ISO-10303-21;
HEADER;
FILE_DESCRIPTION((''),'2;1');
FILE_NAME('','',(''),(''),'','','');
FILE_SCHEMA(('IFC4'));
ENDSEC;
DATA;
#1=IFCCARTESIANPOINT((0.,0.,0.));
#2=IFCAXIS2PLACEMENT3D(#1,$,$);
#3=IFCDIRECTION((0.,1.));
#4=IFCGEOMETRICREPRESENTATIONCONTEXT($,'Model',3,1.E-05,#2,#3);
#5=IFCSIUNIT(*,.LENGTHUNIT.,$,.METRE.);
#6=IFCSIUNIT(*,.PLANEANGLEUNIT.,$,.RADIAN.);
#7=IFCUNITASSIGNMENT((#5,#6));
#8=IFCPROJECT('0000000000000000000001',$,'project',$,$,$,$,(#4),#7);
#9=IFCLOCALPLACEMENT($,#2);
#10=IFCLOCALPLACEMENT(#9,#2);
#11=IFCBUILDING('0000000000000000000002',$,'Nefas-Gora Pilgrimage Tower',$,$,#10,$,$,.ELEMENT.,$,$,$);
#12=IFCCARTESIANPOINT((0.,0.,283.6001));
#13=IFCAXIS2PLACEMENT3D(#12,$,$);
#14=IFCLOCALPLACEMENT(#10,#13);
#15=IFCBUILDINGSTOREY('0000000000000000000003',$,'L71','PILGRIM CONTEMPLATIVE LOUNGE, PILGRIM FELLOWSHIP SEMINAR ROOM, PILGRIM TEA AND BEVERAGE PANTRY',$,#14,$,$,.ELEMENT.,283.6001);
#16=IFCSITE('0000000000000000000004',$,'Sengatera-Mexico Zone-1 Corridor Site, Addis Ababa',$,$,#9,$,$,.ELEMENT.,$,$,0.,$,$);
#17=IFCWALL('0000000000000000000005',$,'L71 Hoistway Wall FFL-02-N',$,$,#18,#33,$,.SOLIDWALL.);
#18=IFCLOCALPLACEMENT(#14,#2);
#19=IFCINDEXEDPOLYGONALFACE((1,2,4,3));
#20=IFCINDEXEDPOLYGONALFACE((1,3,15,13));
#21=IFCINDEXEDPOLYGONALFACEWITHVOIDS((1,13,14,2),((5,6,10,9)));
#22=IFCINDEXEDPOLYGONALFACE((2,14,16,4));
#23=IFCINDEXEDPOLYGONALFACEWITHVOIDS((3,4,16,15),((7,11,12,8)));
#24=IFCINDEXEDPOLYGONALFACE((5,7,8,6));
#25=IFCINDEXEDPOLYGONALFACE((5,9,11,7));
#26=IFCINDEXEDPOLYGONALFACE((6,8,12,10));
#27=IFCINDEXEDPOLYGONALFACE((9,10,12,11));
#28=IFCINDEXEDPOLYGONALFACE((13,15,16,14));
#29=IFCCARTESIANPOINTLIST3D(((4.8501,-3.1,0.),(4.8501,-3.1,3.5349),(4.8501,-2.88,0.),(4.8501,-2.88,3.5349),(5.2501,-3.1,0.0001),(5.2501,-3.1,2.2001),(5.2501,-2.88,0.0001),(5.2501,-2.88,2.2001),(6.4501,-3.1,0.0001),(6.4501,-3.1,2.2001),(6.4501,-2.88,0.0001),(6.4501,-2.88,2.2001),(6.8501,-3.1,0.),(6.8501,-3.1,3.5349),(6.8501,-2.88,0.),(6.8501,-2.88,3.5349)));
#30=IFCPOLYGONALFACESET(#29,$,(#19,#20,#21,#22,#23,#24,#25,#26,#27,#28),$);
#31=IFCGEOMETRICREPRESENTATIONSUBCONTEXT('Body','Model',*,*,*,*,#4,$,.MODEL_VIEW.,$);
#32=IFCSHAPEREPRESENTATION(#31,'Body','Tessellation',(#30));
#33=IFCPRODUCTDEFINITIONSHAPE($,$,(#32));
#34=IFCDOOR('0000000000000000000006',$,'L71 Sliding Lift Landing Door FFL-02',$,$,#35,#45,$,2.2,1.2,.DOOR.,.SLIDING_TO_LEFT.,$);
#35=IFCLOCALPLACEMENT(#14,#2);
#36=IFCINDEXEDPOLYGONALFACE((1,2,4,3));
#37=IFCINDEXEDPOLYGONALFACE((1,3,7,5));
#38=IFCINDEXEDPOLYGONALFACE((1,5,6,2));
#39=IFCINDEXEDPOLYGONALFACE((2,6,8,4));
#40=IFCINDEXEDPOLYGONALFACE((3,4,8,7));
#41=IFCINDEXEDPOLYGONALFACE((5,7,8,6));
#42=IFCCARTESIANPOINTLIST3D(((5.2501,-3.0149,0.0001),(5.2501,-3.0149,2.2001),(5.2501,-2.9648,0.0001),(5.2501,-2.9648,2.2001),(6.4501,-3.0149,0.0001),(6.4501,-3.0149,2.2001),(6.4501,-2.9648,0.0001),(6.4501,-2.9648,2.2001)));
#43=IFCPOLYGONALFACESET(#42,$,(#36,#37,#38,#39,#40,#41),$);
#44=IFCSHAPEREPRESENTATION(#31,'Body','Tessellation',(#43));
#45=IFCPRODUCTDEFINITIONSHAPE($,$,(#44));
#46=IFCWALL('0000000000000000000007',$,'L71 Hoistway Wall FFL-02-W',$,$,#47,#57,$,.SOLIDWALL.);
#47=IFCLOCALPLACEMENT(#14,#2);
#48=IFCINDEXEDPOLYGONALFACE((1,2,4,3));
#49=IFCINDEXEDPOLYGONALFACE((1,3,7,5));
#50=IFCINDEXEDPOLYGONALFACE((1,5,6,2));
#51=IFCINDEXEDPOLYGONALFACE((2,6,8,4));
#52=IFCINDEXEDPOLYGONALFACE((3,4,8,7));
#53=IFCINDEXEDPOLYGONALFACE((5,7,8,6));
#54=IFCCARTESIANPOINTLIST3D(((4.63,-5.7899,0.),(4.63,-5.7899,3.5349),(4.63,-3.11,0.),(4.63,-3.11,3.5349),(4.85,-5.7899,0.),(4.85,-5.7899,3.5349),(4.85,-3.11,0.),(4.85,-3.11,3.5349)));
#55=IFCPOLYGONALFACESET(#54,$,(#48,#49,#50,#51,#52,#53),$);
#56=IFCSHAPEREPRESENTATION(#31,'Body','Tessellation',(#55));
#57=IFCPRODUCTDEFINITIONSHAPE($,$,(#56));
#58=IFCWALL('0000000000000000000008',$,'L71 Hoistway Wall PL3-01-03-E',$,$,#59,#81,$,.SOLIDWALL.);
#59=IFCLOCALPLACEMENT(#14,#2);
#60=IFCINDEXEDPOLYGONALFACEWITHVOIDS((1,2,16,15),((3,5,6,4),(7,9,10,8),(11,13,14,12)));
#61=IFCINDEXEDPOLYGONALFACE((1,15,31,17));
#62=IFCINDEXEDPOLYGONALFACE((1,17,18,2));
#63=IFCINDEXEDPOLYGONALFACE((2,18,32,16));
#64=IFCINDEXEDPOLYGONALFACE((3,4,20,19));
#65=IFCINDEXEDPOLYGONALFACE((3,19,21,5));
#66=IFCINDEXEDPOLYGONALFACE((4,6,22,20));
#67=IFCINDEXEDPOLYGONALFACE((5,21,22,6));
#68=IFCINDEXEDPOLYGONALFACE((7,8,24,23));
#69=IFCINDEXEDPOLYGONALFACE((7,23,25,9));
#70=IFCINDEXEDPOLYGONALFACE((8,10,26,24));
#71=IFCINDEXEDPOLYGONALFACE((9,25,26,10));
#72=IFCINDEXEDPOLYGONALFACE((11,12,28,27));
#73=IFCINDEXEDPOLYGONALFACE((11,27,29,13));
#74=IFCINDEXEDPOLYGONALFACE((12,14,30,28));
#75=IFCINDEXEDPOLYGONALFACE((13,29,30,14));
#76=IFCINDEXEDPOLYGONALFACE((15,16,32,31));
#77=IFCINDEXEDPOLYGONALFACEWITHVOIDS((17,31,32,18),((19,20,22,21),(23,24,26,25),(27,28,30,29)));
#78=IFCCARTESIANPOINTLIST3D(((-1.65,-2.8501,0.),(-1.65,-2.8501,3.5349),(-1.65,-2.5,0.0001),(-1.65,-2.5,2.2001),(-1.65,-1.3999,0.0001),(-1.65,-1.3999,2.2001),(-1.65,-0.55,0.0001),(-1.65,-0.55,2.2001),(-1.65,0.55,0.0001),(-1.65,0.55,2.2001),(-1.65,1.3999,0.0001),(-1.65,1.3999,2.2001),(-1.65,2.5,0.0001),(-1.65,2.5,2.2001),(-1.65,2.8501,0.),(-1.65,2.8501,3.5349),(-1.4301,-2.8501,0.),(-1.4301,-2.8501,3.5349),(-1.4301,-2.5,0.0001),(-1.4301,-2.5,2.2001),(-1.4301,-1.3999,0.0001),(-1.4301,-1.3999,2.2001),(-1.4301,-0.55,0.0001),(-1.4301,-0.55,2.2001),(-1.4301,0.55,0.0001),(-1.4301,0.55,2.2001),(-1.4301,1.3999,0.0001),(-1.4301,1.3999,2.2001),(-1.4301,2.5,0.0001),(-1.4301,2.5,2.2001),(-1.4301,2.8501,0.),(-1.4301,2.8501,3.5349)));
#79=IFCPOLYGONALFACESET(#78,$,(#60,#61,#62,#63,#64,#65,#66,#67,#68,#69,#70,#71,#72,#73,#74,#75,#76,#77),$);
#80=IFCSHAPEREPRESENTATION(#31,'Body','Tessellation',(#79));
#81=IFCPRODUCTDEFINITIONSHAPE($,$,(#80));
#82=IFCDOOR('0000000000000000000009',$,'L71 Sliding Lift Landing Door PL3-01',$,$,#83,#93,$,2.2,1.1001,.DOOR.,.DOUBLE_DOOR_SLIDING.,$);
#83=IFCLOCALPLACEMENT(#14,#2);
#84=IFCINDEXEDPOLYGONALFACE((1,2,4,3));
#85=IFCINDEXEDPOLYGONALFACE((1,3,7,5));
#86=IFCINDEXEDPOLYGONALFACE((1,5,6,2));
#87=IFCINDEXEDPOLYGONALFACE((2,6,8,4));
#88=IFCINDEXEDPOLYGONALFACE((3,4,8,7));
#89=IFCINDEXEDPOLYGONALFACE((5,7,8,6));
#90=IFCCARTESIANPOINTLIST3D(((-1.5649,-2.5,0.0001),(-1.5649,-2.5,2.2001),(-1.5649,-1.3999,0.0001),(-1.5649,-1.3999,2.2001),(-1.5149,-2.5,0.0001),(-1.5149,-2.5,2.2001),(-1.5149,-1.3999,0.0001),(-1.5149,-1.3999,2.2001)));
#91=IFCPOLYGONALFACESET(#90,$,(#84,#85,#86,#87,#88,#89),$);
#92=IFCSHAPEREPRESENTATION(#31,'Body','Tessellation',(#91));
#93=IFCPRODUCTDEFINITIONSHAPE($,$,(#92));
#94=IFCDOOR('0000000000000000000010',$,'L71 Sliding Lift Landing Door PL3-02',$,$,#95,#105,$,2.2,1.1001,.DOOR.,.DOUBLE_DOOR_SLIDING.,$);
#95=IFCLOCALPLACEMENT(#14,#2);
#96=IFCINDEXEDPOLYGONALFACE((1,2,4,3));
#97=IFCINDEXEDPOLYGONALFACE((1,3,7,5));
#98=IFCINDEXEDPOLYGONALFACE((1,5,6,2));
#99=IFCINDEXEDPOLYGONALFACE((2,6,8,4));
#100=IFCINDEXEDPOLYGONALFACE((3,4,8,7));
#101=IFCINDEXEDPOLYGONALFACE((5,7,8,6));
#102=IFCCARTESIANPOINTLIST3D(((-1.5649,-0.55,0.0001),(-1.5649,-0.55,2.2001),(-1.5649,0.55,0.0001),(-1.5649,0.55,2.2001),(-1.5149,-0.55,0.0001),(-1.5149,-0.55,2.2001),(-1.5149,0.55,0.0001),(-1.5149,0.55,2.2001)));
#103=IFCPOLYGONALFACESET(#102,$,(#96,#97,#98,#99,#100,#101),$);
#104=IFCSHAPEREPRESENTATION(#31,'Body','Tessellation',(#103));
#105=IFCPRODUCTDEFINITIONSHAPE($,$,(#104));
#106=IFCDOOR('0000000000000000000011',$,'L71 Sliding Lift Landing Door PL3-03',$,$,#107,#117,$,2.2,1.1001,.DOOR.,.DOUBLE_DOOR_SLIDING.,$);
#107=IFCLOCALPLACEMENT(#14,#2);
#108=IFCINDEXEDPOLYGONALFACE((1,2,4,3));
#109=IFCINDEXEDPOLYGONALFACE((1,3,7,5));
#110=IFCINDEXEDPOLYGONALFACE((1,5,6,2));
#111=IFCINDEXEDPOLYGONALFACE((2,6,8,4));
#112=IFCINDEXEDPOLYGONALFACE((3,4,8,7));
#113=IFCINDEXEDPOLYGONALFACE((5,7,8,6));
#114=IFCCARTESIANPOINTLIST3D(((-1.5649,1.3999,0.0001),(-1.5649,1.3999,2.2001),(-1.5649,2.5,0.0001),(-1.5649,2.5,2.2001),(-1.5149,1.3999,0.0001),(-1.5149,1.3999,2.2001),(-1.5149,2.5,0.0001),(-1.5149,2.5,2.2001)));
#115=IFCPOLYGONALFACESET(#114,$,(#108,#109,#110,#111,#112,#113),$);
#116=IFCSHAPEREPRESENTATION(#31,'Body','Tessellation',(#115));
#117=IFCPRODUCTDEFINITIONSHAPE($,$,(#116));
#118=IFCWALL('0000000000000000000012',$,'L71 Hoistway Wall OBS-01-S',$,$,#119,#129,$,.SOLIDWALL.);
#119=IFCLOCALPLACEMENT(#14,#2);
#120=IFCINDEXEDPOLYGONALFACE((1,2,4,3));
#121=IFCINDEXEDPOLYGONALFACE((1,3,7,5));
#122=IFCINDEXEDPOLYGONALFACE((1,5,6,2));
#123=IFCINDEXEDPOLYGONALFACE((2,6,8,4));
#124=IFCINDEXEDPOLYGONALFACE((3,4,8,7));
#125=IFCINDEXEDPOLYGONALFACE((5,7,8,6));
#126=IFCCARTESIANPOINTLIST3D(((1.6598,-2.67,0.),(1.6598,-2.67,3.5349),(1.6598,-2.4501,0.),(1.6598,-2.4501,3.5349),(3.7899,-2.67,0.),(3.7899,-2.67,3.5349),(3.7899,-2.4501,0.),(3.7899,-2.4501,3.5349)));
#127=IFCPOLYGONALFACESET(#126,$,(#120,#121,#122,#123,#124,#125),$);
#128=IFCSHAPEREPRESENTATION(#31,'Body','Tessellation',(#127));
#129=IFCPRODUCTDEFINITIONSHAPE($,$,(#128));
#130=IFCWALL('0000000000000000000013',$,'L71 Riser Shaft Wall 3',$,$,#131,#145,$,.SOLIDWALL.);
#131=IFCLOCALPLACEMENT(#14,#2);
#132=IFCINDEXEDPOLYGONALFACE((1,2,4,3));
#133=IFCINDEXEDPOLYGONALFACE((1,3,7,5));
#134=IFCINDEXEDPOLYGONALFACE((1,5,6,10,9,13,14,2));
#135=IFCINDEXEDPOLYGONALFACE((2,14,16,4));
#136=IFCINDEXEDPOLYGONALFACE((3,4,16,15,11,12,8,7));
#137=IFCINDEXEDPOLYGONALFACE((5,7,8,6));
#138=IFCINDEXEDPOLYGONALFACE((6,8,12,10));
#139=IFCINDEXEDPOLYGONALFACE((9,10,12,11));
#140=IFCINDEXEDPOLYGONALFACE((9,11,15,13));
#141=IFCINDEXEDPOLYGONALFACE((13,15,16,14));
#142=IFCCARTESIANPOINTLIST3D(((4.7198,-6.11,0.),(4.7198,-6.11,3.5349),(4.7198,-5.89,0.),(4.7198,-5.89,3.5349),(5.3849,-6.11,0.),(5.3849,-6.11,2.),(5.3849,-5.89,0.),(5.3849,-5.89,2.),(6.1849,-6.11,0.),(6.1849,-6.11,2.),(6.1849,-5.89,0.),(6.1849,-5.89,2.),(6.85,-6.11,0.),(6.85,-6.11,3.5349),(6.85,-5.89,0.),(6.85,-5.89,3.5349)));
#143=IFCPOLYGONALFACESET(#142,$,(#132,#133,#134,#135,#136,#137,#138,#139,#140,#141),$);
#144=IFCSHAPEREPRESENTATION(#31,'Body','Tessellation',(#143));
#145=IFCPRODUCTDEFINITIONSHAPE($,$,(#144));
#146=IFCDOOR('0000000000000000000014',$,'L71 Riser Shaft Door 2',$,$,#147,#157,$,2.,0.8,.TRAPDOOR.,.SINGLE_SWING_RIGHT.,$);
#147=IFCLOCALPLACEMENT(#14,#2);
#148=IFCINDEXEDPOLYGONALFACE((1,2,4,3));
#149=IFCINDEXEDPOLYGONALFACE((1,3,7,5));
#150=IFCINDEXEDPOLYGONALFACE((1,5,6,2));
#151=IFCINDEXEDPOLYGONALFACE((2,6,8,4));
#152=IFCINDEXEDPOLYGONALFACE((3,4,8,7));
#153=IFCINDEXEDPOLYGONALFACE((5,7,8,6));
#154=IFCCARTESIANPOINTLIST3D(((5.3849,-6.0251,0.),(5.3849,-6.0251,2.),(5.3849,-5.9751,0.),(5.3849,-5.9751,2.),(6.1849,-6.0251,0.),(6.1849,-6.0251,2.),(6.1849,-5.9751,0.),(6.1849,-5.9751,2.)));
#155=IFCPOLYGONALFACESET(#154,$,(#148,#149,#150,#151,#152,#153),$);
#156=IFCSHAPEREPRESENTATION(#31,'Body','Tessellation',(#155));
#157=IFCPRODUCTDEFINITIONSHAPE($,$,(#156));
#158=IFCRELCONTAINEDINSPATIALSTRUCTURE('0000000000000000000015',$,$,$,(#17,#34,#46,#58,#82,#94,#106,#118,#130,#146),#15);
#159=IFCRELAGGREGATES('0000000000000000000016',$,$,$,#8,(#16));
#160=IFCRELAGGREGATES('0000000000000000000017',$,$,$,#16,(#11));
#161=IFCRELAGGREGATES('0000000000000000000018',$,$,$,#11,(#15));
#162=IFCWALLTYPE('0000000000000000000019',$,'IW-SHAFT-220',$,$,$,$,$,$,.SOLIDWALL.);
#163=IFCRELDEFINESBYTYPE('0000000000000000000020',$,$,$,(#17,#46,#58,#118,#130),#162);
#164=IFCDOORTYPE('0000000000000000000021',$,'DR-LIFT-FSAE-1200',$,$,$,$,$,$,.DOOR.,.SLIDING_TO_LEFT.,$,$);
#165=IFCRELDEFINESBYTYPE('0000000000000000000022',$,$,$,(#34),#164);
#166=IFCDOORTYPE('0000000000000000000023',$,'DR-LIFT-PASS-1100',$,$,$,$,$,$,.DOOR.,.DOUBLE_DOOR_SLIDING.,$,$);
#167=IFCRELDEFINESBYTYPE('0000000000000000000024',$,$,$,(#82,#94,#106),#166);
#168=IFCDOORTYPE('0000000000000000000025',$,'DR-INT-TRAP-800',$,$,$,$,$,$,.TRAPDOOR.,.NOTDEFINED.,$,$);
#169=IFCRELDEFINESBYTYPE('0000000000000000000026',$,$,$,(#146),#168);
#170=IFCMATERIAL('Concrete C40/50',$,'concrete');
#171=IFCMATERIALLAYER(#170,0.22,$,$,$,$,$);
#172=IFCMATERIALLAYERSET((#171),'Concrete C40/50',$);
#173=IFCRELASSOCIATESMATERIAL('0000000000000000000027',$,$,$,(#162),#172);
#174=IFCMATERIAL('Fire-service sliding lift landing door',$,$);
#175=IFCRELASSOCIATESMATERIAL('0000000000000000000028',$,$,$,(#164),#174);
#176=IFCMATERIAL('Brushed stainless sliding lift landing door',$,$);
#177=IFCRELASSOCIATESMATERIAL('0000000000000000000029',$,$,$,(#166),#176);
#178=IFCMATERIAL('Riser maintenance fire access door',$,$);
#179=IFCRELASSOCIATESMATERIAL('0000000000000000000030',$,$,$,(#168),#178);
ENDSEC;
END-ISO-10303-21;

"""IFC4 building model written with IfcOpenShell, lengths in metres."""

from ifc_helpers import new_model, si_unit, direction, frame, frame_2d, origin, place, context, subcontext, project, spatial, rectangle, extrude, source, transform, mapped, material, layer, layer_set, type_object, element, fill, save


model = new_model("IFC4")

# Units and contexts
model_context = context("Model", 3, precision=1e-05, world=origin(), true_north=direction((0.0, 1.0)))
body_context = subcontext(model_context, "Body", "Model", "MODEL_VIEW")
ifc_project = project(units=[si_unit("LENGTHUNIT", "METRE"), si_unit("PLANEANGLEUNIT", "RADIAN")], contexts=[model_context])

# Site, building, storey
site_placement = place(None, origin())
site = spatial("IfcSite", under=ifc_project, at=site_placement, Name="Sengatera-Mexico Zone-1 Corridor Site, Addis Ababa", CompositionType="ELEMENT", RefElevation=0.0)
building_placement = place(site_placement, origin())
building = spatial("IfcBuilding", under=site, at=building_placement, Name="Nefas-Gora Pilgrimage Tower", CompositionType="ELEMENT")
storey_placement = place(building_placement, frame((0.0, 0.0, 283.6001)))
storey = spatial("IfcBuildingStorey", under=building, at=storey_placement, Name="L71", Description="PILGRIM CONTEMPLATIVE LOUNGE, PILGRIM FELLOWSHIP SEMINAR ROOM, PILGRIM TEA AND BEVERAGE PANTRY", CompositionType="ELEMENT", Elevation=283.6001)

# Shared definitions
ifc_material_1 = material(Name="Concrete C40/50", Category="concrete")

# Wall, opening, door
ifc_layer_1 = layer(ifc_material_1, 0.22)
ifc_layer_set_1 = layer_set([ifc_layer_1], Name="Concrete C40/50")
wall_type_1 = type_object("IfcWallType", Name="IW-SHAFT-220", PredefinedType="SOLIDWALL", material=ifc_layer_set_1)
shared_shape_1 = source(origin(), body_context, "Body", "SweptSolid", [
    extrude(rectangle(XDim=2.0, YDim=0.22, at=frame_2d((1.0, 0.0))), origin(), (0.0, 0.0, 1.0), 3.5349),
])
wall_1_placement = place(storey_placement, frame((6.8501, -2.99, 0.0), z_axis=(0.0, 0.0, 1.0), x_axis=(-1.0, 0.0, 0.0)))
wall_1 = element("IfcWall", 1, at=wall_1_placement, inside=storey, type_object=wall_type_1, Name="L71 Hoistway Wall FFL-02-N", PredefinedType="SOLIDWALL", context=body_context, shape_type="MappedRepresentation", body=[
    mapped(shared_shape_1, transform((0.0, 0.0, 0.0), x_axis=(1.0, 0.0, 0.0), y_axis=(0.0, 1.0, 0.0), z_axis=(0.0, 0.0, 1.0), scale=1.0)),
])
opening_1_placement = place(wall_1_placement, frame((0.3999, 0.0, 0.0)))
opening_1 = element("IfcOpeningElement", 2, at=opening_1_placement, cuts=wall_1, PredefinedType="OPENING", context=body_context, shape_type="SweptSolid", body=[
    extrude(rectangle(XDim=1.2, YDim=2.2, at=frame_2d((0.6001, 1.1001))), frame((0.0, 0.1199, 0.0), z_axis=(0.0, -1.0, 0.0), x_axis=(1.0, 0.0, 0.0)), (0.0, 0.0, 1.0), 0.24),
])
ifc_material_2 = material(Name="Fire-service sliding lift landing door")
door_type_1 = type_object("IfcDoorType", Name="DR-LIFT-FSAE-1200", OperationType="SLIDING_TO_LEFT", PredefinedType="DOOR", material=ifc_material_2)
shared_shape_2 = source(origin(), body_context, "Body", "SweptSolid", [
    extrude(rectangle(XDim=1.2, YDim=2.2, at=frame_2d((0.6001, 1.1001))), frame((0.0, 0.0249, 0.0), z_axis=(0.0, -1.0, 0.0), x_axis=(1.0, 0.0, 0.0)), (0.0, 0.0, 1.0), 0.05),
])
door_1_placement = place(opening_1_placement, origin())
door_1 = element("IfcDoor", 3, at=door_1_placement, inside=storey, type_object=door_type_1, Name="L71 Sliding Lift Landing Door FFL-02", OperationType="SLIDING_TO_LEFT", OverallHeight=2.2, OverallWidth=1.2, PredefinedType="DOOR", context=body_context, shape_type="MappedRepresentation", body=[
    mapped(shared_shape_2, transform((0.0, 0.0, 0.0), x_axis=(1.0, 0.0, 0.0), y_axis=(0.0, 1.0, 0.0), z_axis=(0.0, 0.0, 1.0), scale=1.0)),
])
fill(opening_1, door_1)

# Wall
shared_shape_3 = source(origin(), body_context, "Body", "SweptSolid", [
    extrude(rectangle(XDim=2.6799, YDim=0.22, at=frame_2d((1.3398, 0.0))), origin(), (0.0, 0.0, 1.0), 3.5349),
])
wall_2_placement = place(storey_placement, frame((4.74, -3.1101, 0.0), z_axis=(0.0, 0.0, 1.0), x_axis=(0.0, -1.0, 0.0)))
element("IfcWall", 4, at=wall_2_placement, inside=storey, type_object=wall_type_1, Name="L71 Hoistway Wall FFL-02-W", PredefinedType="SOLIDWALL", context=body_context, shape_type="MappedRepresentation", body=[
    mapped(shared_shape_3, transform((0.0, 0.0, 0.0), x_axis=(1.0, 0.0, 0.0), y_axis=(0.0, 1.0, 0.0), z_axis=(0.0, 0.0, 1.0), scale=1.0)),
])

# Wall, openings, doors
shared_shape_4 = source(origin(), body_context, "Body", "SweptSolid", [
    extrude(rectangle(XDim=5.7002, YDim=0.22, at=frame_2d((2.8501, 0.0))), origin(), (0.0, 0.0, 1.0), 3.5349),
])
wall_3_placement = place(storey_placement, frame((-1.54, -2.8501, 0.0), z_axis=(0.0, 0.0, 1.0), x_axis=(0.0, 1.0, 0.0)))
wall_3 = element("IfcWall", 5, at=wall_3_placement, inside=storey, type_object=wall_type_1, Name="L71 Hoistway Wall PL3-01-03-E", PredefinedType="SOLIDWALL", context=body_context, shape_type="MappedRepresentation", body=[
    mapped(shared_shape_4, transform((0.0, 0.0, 0.0), x_axis=(1.0, 0.0, 0.0), y_axis=(0.0, 1.0, 0.0), z_axis=(0.0, 0.0, 1.0), scale=1.0)),
])
opening_2_placement = place(wall_3_placement, frame((0.3501, 0.0, 0.0)))
opening_2 = element("IfcOpeningElement", 6, at=opening_2_placement, cuts=wall_3, PredefinedType="OPENING", context=body_context, shape_type="SweptSolid", body=[
    extrude(rectangle(XDim=1.1001, YDim=2.2, at=frame_2d((0.55, 1.1001))), frame((0.0, 0.1199, 0.0), z_axis=(0.0, -1.0, 0.0), x_axis=(1.0, 0.0, 0.0)), (0.0, 0.0, 1.0), 0.24),
])
opening_3_placement = place(wall_3_placement, frame((2.3, 0.0, 0.0)))
opening_3 = element("IfcOpeningElement", 7, at=opening_3_placement, cuts=wall_3, PredefinedType="OPENING", context=body_context, shape_type="SweptSolid", body=[
    extrude(rectangle(XDim=1.1001, YDim=2.2, at=frame_2d((0.55, 1.1001))), frame((0.0, 0.1199, 0.0), z_axis=(0.0, -1.0, 0.0), x_axis=(1.0, 0.0, 0.0)), (0.0, 0.0, 1.0), 0.24),
])
opening_4_placement = place(wall_3_placement, frame((4.25, 0.0, 0.0)))
opening_4 = element("IfcOpeningElement", 8, at=opening_4_placement, cuts=wall_3, PredefinedType="OPENING", context=body_context, shape_type="SweptSolid", body=[
    extrude(rectangle(XDim=1.1001, YDim=2.2, at=frame_2d((0.55, 1.1001))), frame((0.0, 0.1199, 0.0), z_axis=(0.0, -1.0, 0.0), x_axis=(1.0, 0.0, 0.0)), (0.0, 0.0, 1.0), 0.24),
])
ifc_material_3 = material(Name="Brushed stainless sliding lift landing door")
door_type_2 = type_object("IfcDoorType", Name="DR-LIFT-PASS-1100", OperationType="DOUBLE_DOOR_SLIDING", PredefinedType="DOOR", material=ifc_material_3)
shared_shape_5 = source(origin(), body_context, "Body", "SweptSolid", [
    extrude(rectangle(XDim=1.1001, YDim=2.2, at=frame_2d((0.55, 1.1001))), frame((0.0, 0.0249, 0.0), z_axis=(0.0, -1.0, 0.0), x_axis=(1.0, 0.0, 0.0)), (0.0, 0.0, 1.0), 0.05),
])
door_2_placement = place(opening_2_placement, origin())
door_2 = element("IfcDoor", 9, at=door_2_placement, inside=storey, type_object=door_type_2, Name="L71 Sliding Lift Landing Door PL3-01", OperationType="DOUBLE_DOOR_SLIDING", OverallHeight=2.2, OverallWidth=1.1001, PredefinedType="DOOR", context=body_context, shape_type="MappedRepresentation", body=[
    mapped(shared_shape_5, transform((0.0, 0.0, 0.0), x_axis=(1.0, 0.0, 0.0), y_axis=(0.0, 1.0, 0.0), z_axis=(0.0, 0.0, 1.0), scale=1.0)),
])
fill(opening_2, door_2)
door_3_placement = place(opening_3_placement, origin())
door_3 = element("IfcDoor", 10, at=door_3_placement, inside=storey, type_object=door_type_2, Name="L71 Sliding Lift Landing Door PL3-02", OperationType="DOUBLE_DOOR_SLIDING", OverallHeight=2.2, OverallWidth=1.1001, PredefinedType="DOOR", context=body_context, shape_type="MappedRepresentation", body=[
    mapped(shared_shape_5, transform((0.0, 0.0, 0.0), x_axis=(1.0, 0.0, 0.0), y_axis=(0.0, 1.0, 0.0), z_axis=(0.0, 0.0, 1.0), scale=1.0)),
])
fill(opening_3, door_3)
door_4_placement = place(opening_4_placement, origin())
door_4 = element("IfcDoor", 11, at=door_4_placement, inside=storey, type_object=door_type_2, Name="L71 Sliding Lift Landing Door PL3-03", OperationType="DOUBLE_DOOR_SLIDING", OverallHeight=2.2, OverallWidth=1.1001, PredefinedType="DOOR", context=body_context, shape_type="MappedRepresentation", body=[
    mapped(shared_shape_5, transform((0.0, 0.0, 0.0), x_axis=(1.0, 0.0, 0.0), y_axis=(0.0, 1.0, 0.0), z_axis=(0.0, 0.0, 1.0), scale=1.0)),
])
fill(opening_4, door_4)

# Wall
shared_shape_6 = source(origin(), body_context, "Body", "SweptSolid", [
    extrude(rectangle(XDim=2.1301, YDim=0.22, at=frame_2d((1.0649, 0.0))), origin(), (0.0, 0.0, 1.0), 3.5349),
])
wall_4_placement = place(storey_placement, frame((1.6599, -2.5601, 0.0), z_axis=(0.0, 0.0, 1.0), x_axis=(1.0, 0.0, 0.0)))
element("IfcWall", 12, at=wall_4_placement, inside=storey, type_object=wall_type_1, Name="L71 Hoistway Wall OBS-01-S", PredefinedType="SOLIDWALL", context=body_context, shape_type="MappedRepresentation", body=[
    mapped(shared_shape_6, transform((0.0, 0.0, 0.0), x_axis=(1.0, 0.0, 0.0), y_axis=(0.0, 1.0, 0.0), z_axis=(0.0, 0.0, 1.0), scale=1.0)),
])

# Wall, opening, door
wall_5_placement = place(storey_placement, frame((4.72, -6.0, 0.0), z_axis=(0.0, 0.0, 1.0), x_axis=(1.0, 0.0, 0.0)))
wall_5 = element("IfcWall", 13, at=wall_5_placement, inside=storey, type_object=wall_type_1, Name="L71 Riser Shaft Wall 3", PredefinedType="SOLIDWALL", context=body_context, shape_type="MappedRepresentation", body=[
    mapped(shared_shape_6, transform((0.0, 0.0, 0.0), x_axis=(1.0, 0.0, 0.0), y_axis=(0.0, 1.0, 0.0), z_axis=(0.0, 0.0, 1.0), scale=1.0)),
])
opening_5_placement = place(wall_5_placement, frame((0.665, 0.0, 0.0)))
opening_5 = element("IfcOpeningElement", 14, at=opening_5_placement, cuts=wall_5, PredefinedType="OPENING", context=body_context, shape_type="SweptSolid", body=[
    extrude(rectangle(XDim=0.8, YDim=2.0, at=frame_2d((0.3999, 1.0))), frame((0.0, 0.1199, 0.0), z_axis=(0.0, -1.0, 0.0), x_axis=(1.0, 0.0, 0.0)), (0.0, 0.0, 1.0), 0.24),
])
ifc_material_4 = material(Name="Riser maintenance fire access door")
door_type_3 = type_object("IfcDoorType", Name="DR-INT-TRAP-800", OperationType="NOTDEFINED", PredefinedType="TRAPDOOR", material=ifc_material_4)
shared_shape_7 = source(origin(), body_context, "Body", "SweptSolid", [
    extrude(rectangle(XDim=0.8, YDim=2.0, at=frame_2d((0.3999, 1.0))), frame((0.0, 0.0249, 0.0), z_axis=(0.0, -1.0, 0.0), x_axis=(1.0, 0.0, 0.0)), (0.0, 0.0, 1.0), 0.05),
])
door_5_placement = place(opening_5_placement, origin())
door_5 = element("IfcDoor", 15, at=door_5_placement, inside=storey, type_object=door_type_3, Name="L71 Riser Shaft Door 2", OperationType="SINGLE_SWING_RIGHT", OverallHeight=2.0, OverallWidth=0.8, PredefinedType="TRAPDOOR", context=body_context, shape_type="MappedRepresentation", body=[
    mapped(shared_shape_7, transform((0.0, 0.0, 0.0), x_axis=(1.0, 0.0, 0.0), y_axis=(0.0, 1.0, 0.0), z_axis=(0.0, 0.0, 1.0), scale=1.0)),
])
fill(opening_5, door_5)

save(model, "model.ifc")
